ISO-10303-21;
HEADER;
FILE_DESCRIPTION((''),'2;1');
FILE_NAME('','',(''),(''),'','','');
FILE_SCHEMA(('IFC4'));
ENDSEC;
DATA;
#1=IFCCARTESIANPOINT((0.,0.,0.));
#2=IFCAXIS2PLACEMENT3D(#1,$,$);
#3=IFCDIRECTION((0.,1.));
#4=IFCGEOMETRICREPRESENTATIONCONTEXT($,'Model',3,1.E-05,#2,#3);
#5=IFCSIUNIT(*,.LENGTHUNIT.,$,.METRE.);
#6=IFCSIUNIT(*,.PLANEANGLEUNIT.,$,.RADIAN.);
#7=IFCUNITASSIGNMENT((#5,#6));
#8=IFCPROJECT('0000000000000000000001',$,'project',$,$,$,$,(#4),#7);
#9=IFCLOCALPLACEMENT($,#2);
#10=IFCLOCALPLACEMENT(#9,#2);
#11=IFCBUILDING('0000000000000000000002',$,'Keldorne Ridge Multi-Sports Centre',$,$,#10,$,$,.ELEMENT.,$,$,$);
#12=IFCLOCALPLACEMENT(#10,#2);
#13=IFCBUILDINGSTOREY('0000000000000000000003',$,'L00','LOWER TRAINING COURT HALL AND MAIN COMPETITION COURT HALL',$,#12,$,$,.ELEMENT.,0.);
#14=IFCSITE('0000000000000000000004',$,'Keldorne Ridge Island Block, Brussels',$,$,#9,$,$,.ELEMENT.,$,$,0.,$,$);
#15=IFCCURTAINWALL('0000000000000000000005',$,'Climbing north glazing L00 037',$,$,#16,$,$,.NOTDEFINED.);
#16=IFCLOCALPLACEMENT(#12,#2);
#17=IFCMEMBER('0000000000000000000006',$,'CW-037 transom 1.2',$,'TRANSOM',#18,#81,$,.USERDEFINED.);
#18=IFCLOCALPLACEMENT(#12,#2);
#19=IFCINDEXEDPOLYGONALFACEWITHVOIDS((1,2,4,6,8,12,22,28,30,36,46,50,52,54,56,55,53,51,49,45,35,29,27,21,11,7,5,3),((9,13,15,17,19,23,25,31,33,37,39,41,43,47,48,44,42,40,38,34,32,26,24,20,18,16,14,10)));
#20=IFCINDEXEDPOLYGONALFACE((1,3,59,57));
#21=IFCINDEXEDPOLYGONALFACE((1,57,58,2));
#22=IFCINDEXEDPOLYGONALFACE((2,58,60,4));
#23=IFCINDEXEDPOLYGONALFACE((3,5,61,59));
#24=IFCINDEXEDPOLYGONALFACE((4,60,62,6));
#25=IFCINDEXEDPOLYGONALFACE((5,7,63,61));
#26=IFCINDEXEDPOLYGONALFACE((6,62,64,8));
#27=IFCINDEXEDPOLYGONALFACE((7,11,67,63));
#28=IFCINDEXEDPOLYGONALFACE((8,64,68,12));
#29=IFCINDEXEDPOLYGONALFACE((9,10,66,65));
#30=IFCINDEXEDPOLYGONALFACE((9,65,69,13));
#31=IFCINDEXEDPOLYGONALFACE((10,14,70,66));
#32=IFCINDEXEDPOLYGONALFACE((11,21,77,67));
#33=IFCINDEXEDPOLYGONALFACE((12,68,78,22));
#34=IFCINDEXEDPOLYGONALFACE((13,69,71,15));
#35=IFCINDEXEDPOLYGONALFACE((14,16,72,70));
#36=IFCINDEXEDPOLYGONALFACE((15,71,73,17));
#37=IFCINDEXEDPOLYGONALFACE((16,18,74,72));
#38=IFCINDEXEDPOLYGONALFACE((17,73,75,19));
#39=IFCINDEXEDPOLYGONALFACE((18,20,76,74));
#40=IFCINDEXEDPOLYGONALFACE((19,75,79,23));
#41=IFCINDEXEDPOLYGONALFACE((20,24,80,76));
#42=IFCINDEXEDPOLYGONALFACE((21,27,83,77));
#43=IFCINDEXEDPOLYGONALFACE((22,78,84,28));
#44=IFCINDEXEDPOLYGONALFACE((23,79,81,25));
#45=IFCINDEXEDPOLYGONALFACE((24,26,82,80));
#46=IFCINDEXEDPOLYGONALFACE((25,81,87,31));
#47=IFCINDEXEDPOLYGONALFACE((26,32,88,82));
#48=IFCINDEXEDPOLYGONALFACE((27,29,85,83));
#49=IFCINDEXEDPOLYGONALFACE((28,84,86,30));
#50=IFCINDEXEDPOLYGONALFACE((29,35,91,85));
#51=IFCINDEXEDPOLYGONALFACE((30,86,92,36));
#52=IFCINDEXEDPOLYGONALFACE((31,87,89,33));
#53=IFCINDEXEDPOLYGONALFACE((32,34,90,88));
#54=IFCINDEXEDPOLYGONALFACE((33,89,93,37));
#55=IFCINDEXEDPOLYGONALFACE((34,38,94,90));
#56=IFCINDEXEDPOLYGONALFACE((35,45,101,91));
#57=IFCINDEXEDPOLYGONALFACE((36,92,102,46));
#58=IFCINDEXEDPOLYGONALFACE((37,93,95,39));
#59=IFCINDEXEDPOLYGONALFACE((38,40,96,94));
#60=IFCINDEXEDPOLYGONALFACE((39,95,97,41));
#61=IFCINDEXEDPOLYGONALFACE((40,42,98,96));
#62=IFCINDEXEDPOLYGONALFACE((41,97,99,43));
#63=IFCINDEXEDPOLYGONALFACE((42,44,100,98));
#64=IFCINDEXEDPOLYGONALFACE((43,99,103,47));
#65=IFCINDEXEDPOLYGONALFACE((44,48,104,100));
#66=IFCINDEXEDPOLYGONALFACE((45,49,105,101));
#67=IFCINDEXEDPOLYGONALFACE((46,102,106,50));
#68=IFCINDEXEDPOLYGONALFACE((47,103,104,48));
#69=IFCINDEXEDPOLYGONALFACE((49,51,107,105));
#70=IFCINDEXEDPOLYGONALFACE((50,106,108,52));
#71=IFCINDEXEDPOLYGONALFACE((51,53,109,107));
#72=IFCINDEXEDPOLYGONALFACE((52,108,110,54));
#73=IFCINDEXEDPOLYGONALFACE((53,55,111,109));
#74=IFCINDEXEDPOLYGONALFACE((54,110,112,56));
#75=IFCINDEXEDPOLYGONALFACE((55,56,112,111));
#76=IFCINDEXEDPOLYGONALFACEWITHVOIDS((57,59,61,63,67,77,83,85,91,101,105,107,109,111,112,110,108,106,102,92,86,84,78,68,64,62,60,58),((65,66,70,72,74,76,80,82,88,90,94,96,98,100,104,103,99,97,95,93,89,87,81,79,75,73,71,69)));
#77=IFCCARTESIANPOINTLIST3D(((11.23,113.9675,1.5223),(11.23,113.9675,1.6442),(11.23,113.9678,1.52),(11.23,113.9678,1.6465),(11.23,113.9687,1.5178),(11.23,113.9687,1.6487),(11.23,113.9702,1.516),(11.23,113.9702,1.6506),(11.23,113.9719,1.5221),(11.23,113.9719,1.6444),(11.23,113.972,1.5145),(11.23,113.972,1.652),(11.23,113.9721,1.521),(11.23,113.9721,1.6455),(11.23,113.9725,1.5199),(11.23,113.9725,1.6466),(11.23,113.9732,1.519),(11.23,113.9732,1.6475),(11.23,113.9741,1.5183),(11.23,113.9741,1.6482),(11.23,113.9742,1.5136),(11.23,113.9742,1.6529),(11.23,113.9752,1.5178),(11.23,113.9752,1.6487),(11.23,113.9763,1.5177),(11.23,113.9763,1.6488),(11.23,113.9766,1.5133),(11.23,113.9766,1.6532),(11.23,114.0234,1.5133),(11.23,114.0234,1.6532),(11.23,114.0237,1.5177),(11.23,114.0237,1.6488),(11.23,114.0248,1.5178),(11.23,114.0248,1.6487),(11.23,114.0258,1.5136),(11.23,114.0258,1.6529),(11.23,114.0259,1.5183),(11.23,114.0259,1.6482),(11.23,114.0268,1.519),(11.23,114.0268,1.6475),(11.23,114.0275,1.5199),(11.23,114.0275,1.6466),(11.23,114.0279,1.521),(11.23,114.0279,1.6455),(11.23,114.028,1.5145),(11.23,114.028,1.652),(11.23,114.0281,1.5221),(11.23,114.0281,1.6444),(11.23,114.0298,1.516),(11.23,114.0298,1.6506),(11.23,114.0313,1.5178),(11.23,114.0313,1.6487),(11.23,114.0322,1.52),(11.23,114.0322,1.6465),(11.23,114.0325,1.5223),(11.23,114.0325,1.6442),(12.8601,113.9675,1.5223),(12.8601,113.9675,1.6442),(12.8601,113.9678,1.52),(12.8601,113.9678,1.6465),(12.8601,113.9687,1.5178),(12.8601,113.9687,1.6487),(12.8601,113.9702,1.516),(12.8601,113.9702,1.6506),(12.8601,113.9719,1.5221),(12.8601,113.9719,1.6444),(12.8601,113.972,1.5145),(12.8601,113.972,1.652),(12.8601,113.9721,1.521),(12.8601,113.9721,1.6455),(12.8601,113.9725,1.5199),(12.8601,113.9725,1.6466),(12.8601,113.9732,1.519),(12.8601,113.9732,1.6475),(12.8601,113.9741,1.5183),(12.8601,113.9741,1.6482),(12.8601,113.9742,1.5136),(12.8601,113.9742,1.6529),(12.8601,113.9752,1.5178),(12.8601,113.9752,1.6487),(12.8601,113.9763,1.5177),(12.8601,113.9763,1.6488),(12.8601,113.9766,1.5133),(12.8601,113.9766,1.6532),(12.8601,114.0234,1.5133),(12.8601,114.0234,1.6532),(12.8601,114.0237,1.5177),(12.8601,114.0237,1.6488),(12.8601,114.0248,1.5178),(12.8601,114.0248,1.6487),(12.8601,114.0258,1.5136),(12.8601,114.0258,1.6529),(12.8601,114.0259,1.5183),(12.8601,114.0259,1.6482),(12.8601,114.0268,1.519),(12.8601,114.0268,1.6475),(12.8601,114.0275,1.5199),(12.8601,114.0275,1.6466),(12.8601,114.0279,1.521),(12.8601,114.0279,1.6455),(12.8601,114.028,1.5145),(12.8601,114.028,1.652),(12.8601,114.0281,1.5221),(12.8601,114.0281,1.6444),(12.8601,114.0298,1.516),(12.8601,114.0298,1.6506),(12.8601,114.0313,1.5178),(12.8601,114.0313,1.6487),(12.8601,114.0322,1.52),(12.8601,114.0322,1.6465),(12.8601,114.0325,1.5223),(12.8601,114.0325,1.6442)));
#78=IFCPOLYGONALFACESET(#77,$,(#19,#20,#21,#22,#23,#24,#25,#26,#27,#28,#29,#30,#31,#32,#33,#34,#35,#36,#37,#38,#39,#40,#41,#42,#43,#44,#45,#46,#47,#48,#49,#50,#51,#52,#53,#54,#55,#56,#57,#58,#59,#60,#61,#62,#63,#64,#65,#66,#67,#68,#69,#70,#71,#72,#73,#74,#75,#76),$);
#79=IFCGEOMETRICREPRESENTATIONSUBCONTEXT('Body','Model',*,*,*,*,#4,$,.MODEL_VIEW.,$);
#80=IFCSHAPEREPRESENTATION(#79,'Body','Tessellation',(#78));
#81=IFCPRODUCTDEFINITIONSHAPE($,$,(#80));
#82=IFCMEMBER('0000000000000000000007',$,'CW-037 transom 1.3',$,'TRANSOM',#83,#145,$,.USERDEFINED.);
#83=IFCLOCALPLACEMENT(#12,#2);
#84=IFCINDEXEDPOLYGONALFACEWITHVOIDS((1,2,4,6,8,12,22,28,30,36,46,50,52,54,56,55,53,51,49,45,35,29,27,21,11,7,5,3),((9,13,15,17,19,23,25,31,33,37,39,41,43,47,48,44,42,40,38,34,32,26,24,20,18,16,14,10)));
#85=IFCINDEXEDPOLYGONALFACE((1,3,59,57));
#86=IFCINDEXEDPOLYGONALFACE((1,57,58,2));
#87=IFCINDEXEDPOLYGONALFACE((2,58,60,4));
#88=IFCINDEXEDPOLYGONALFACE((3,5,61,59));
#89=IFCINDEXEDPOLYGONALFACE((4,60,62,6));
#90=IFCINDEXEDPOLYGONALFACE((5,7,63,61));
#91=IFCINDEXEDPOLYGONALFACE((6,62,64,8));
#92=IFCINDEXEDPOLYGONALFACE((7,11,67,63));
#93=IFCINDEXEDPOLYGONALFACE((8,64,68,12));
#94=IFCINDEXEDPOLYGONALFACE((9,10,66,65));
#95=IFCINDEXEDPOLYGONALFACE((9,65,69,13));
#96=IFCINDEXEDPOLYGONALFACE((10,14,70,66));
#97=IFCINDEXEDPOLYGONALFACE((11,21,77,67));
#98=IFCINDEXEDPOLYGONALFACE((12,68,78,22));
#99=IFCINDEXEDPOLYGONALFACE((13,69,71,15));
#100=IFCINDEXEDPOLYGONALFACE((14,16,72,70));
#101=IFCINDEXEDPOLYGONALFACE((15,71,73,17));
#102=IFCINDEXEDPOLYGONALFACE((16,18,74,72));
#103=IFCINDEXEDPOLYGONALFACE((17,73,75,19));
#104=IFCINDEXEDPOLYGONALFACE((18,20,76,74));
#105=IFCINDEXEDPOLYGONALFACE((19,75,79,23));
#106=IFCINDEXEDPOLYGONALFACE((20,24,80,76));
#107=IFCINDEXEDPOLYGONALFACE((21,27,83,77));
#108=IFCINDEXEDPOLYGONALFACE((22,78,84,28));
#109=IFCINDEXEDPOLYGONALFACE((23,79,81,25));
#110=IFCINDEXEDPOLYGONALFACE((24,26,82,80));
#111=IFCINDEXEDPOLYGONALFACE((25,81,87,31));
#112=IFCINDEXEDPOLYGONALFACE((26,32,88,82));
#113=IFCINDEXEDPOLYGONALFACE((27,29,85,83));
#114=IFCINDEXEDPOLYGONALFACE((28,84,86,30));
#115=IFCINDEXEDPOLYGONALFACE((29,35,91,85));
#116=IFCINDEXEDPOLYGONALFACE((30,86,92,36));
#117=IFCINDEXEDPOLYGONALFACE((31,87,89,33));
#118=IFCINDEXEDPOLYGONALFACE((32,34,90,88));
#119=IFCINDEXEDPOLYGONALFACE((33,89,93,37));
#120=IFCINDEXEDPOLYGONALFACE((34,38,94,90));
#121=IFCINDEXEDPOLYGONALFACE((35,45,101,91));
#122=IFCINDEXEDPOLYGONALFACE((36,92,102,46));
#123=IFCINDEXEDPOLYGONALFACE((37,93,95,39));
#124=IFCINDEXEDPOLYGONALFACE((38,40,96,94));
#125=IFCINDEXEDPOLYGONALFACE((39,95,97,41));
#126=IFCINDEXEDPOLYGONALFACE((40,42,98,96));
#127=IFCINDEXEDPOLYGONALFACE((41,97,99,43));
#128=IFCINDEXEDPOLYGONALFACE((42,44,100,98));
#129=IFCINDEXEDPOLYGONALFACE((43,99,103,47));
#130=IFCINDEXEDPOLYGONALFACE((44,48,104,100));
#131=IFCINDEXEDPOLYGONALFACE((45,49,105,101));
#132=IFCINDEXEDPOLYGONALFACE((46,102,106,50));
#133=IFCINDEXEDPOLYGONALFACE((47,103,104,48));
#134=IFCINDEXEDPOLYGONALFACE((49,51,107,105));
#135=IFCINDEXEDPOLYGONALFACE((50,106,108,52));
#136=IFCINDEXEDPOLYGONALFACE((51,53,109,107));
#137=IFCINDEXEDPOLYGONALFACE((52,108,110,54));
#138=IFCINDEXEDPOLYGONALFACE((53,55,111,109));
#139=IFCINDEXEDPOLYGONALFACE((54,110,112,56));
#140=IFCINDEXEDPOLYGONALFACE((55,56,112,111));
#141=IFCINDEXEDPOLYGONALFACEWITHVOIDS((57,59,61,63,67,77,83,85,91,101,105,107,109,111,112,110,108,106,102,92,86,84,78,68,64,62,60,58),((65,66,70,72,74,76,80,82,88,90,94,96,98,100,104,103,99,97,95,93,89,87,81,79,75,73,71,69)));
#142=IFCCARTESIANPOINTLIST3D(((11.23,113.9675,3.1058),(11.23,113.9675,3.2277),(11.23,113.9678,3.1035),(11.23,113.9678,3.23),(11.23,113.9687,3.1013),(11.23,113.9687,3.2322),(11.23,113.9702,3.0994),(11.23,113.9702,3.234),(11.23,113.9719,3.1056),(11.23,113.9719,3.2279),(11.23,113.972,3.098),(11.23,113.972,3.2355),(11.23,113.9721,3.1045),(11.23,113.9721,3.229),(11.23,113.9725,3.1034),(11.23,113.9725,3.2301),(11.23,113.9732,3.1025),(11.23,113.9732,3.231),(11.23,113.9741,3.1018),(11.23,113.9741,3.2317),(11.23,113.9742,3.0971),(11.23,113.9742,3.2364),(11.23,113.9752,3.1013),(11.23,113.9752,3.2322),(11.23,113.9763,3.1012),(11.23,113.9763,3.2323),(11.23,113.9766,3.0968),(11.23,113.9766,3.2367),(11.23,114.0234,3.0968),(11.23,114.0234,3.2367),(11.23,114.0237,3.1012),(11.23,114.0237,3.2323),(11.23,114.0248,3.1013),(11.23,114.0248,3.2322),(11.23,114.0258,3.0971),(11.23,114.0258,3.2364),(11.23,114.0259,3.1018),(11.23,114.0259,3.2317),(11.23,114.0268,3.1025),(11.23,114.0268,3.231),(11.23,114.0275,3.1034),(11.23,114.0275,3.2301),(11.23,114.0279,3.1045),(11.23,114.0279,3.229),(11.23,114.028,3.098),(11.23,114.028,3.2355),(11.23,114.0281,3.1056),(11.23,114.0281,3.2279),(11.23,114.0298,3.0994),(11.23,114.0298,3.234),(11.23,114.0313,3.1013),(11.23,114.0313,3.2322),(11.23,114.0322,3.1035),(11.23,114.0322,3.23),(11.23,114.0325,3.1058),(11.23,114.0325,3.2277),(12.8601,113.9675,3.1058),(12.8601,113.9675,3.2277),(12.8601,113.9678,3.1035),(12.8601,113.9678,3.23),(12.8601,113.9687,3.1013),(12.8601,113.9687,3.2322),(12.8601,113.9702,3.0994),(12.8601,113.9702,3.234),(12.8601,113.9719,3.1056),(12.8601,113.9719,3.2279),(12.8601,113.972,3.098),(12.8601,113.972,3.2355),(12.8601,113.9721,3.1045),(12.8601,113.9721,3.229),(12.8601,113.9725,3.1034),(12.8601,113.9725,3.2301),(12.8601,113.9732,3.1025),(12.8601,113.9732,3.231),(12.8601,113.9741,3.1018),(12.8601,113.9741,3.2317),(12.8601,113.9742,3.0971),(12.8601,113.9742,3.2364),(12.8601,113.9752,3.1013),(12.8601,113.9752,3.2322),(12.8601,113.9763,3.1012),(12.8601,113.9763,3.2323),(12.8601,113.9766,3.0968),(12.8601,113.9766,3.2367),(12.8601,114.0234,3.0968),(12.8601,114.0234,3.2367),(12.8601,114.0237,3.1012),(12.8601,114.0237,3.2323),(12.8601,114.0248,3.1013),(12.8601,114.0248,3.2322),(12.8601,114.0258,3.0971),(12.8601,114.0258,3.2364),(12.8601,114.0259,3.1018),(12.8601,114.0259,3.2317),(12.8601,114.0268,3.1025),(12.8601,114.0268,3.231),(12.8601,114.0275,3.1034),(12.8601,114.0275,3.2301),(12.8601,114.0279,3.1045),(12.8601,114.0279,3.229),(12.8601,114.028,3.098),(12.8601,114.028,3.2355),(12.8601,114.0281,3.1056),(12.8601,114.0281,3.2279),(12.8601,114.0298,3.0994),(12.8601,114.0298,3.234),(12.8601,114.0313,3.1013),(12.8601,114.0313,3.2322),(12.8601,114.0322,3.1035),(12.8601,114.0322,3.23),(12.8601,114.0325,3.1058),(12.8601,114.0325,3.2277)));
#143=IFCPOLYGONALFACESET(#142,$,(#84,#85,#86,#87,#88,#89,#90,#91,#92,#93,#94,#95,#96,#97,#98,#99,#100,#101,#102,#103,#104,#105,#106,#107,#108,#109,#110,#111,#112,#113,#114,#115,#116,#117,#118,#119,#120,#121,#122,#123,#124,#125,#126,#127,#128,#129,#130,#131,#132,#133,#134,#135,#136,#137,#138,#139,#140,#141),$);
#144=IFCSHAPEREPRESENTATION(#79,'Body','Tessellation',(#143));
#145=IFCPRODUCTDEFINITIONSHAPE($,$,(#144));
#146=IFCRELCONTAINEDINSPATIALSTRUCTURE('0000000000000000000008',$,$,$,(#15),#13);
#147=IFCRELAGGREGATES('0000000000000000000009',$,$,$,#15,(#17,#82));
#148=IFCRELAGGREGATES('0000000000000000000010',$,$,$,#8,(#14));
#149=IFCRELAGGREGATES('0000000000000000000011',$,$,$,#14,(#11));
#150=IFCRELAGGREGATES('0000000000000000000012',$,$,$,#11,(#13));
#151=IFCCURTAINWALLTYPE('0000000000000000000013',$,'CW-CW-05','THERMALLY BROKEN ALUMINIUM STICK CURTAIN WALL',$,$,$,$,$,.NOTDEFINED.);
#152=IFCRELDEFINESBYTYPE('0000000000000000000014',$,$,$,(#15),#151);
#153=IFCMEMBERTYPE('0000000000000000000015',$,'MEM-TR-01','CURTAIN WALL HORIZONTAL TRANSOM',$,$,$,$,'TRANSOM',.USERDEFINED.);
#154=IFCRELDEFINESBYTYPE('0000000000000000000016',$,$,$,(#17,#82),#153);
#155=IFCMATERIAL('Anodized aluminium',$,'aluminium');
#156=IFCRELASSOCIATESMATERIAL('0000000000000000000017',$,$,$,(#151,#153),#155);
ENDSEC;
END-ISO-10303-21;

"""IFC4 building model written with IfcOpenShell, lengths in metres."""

from ifc_helpers import new_model, si_unit, direction, frame, origin, origin_2d, place, context, subcontext, project, spatial, hollow_rectangle, extrude, material, material_profile, profile_set, type_object, element, aggregate, save


model = new_model("IFC4")

# Units and contexts
model_context = context("Model", 3, precision=1e-05, world=origin(), true_north=direction((0.0, 1.0)))
body_context = subcontext(model_context, "Body", "Model", "MODEL_VIEW")
ifc_project = project(units=[si_unit("LENGTHUNIT", "METRE"), si_unit("PLANEANGLEUNIT", "RADIAN")], contexts=[model_context])

# Site, building, storey
site_placement = place(None, origin())
site = spatial("IfcSite", under=ifc_project, at=site_placement, Name="Keldorne Ridge Island Block, Brussels", CompositionType="ELEMENT", RefElevation=0.0)
building_placement = place(site_placement, origin())
building = spatial("IfcBuilding", under=site, at=building_placement, Name="Keldorne Ridge Multi-Sports Centre", CompositionType="ELEMENT")
storey_placement = place(building_placement, origin())
storey = spatial("IfcBuildingStorey", under=building, at=storey_placement, Name="L00", Description="LOWER TRAINING COURT HALL AND MAIN COMPETITION COURT HALL", CompositionType="ELEMENT", Elevation=0.0)

# Curtain wall, members
ifc_material_1 = material(Name="Anodized aluminium", Category="aluminium")
curtain_wall_type = type_object("IfcCurtainWallType", Name="CW-CW-05", Description="THERMALLY BROKEN ALUMINIUM STICK CURTAIN WALL", PredefinedType="NOTDEFINED", material=ifc_material_1)
curtain_wall_placement = place(storey_placement, origin())
curtain_wall = element("IfcCurtainWall", 1, at=curtain_wall_placement, inside=storey, type_object=curtain_wall_type, Name="Climbing north glazing L00 037", PredefinedType="NOTDEFINED")
ifc_material_profile_1 = material_profile(ifc_material_1, hollow_rectangle(XDim=0.0649, YDim=0.1399, WallThickness=0.0044, InnerFilletRadius=0.0044, OuterFilletRadius=0.009, at=origin_2d()), Name="ALU TRANSOM 140x65x4.5")
ifc_profile_set_1 = profile_set([ifc_material_profile_1], Name="Anodized aluminium")
member_type_1 = type_object("IfcMemberType", Name="MEM-TR-01", Description="CURTAIN WALL HORIZONTAL TRANSOM", ElementType="TRANSOM", PredefinedType="USERDEFINED", material=ifc_profile_set_1)
member_1_placement = place(storey_placement, frame((12.8601, 114.0, 1.5833), z_axis=(-1.0, 0.0, 0.0), x_axis=(0.0, -1.0, 0.0)))
member_1 = element("IfcMember", 2, at=member_1_placement, type_object=member_type_1, Name="CW-037 transom 1.2", ObjectType="TRANSOM", PredefinedType="USERDEFINED", context=body_context, shape_type="SweptSolid", body=[
    extrude(hollow_rectangle(XDim=0.0649, YDim=0.1399, WallThickness=0.0044, InnerFilletRadius=0.0044, OuterFilletRadius=0.009, at=origin_2d()), origin(), (0.0, 0.0, 1.0), 1.6301),
])
member_2_placement = place(storey_placement, frame((12.8601, 114.0, 3.1667), z_axis=(-1.0, 0.0, 0.0), x_axis=(0.0, -1.0, 0.0)))
member_2 = element("IfcMember", 3, at=member_2_placement, type_object=member_type_1, Name="CW-037 transom 1.3", ObjectType="TRANSOM", PredefinedType="USERDEFINED", context=body_context, shape_type="SweptSolid", body=[
    extrude(hollow_rectangle(XDim=0.0649, YDim=0.1399, WallThickness=0.0044, InnerFilletRadius=0.0044, OuterFilletRadius=0.009, at=origin_2d()), origin(), (0.0, 0.0, 1.0), 1.6301),
])
aggregate(curtain_wall, [member_1, member_2])

save(model, "model.ifc")
